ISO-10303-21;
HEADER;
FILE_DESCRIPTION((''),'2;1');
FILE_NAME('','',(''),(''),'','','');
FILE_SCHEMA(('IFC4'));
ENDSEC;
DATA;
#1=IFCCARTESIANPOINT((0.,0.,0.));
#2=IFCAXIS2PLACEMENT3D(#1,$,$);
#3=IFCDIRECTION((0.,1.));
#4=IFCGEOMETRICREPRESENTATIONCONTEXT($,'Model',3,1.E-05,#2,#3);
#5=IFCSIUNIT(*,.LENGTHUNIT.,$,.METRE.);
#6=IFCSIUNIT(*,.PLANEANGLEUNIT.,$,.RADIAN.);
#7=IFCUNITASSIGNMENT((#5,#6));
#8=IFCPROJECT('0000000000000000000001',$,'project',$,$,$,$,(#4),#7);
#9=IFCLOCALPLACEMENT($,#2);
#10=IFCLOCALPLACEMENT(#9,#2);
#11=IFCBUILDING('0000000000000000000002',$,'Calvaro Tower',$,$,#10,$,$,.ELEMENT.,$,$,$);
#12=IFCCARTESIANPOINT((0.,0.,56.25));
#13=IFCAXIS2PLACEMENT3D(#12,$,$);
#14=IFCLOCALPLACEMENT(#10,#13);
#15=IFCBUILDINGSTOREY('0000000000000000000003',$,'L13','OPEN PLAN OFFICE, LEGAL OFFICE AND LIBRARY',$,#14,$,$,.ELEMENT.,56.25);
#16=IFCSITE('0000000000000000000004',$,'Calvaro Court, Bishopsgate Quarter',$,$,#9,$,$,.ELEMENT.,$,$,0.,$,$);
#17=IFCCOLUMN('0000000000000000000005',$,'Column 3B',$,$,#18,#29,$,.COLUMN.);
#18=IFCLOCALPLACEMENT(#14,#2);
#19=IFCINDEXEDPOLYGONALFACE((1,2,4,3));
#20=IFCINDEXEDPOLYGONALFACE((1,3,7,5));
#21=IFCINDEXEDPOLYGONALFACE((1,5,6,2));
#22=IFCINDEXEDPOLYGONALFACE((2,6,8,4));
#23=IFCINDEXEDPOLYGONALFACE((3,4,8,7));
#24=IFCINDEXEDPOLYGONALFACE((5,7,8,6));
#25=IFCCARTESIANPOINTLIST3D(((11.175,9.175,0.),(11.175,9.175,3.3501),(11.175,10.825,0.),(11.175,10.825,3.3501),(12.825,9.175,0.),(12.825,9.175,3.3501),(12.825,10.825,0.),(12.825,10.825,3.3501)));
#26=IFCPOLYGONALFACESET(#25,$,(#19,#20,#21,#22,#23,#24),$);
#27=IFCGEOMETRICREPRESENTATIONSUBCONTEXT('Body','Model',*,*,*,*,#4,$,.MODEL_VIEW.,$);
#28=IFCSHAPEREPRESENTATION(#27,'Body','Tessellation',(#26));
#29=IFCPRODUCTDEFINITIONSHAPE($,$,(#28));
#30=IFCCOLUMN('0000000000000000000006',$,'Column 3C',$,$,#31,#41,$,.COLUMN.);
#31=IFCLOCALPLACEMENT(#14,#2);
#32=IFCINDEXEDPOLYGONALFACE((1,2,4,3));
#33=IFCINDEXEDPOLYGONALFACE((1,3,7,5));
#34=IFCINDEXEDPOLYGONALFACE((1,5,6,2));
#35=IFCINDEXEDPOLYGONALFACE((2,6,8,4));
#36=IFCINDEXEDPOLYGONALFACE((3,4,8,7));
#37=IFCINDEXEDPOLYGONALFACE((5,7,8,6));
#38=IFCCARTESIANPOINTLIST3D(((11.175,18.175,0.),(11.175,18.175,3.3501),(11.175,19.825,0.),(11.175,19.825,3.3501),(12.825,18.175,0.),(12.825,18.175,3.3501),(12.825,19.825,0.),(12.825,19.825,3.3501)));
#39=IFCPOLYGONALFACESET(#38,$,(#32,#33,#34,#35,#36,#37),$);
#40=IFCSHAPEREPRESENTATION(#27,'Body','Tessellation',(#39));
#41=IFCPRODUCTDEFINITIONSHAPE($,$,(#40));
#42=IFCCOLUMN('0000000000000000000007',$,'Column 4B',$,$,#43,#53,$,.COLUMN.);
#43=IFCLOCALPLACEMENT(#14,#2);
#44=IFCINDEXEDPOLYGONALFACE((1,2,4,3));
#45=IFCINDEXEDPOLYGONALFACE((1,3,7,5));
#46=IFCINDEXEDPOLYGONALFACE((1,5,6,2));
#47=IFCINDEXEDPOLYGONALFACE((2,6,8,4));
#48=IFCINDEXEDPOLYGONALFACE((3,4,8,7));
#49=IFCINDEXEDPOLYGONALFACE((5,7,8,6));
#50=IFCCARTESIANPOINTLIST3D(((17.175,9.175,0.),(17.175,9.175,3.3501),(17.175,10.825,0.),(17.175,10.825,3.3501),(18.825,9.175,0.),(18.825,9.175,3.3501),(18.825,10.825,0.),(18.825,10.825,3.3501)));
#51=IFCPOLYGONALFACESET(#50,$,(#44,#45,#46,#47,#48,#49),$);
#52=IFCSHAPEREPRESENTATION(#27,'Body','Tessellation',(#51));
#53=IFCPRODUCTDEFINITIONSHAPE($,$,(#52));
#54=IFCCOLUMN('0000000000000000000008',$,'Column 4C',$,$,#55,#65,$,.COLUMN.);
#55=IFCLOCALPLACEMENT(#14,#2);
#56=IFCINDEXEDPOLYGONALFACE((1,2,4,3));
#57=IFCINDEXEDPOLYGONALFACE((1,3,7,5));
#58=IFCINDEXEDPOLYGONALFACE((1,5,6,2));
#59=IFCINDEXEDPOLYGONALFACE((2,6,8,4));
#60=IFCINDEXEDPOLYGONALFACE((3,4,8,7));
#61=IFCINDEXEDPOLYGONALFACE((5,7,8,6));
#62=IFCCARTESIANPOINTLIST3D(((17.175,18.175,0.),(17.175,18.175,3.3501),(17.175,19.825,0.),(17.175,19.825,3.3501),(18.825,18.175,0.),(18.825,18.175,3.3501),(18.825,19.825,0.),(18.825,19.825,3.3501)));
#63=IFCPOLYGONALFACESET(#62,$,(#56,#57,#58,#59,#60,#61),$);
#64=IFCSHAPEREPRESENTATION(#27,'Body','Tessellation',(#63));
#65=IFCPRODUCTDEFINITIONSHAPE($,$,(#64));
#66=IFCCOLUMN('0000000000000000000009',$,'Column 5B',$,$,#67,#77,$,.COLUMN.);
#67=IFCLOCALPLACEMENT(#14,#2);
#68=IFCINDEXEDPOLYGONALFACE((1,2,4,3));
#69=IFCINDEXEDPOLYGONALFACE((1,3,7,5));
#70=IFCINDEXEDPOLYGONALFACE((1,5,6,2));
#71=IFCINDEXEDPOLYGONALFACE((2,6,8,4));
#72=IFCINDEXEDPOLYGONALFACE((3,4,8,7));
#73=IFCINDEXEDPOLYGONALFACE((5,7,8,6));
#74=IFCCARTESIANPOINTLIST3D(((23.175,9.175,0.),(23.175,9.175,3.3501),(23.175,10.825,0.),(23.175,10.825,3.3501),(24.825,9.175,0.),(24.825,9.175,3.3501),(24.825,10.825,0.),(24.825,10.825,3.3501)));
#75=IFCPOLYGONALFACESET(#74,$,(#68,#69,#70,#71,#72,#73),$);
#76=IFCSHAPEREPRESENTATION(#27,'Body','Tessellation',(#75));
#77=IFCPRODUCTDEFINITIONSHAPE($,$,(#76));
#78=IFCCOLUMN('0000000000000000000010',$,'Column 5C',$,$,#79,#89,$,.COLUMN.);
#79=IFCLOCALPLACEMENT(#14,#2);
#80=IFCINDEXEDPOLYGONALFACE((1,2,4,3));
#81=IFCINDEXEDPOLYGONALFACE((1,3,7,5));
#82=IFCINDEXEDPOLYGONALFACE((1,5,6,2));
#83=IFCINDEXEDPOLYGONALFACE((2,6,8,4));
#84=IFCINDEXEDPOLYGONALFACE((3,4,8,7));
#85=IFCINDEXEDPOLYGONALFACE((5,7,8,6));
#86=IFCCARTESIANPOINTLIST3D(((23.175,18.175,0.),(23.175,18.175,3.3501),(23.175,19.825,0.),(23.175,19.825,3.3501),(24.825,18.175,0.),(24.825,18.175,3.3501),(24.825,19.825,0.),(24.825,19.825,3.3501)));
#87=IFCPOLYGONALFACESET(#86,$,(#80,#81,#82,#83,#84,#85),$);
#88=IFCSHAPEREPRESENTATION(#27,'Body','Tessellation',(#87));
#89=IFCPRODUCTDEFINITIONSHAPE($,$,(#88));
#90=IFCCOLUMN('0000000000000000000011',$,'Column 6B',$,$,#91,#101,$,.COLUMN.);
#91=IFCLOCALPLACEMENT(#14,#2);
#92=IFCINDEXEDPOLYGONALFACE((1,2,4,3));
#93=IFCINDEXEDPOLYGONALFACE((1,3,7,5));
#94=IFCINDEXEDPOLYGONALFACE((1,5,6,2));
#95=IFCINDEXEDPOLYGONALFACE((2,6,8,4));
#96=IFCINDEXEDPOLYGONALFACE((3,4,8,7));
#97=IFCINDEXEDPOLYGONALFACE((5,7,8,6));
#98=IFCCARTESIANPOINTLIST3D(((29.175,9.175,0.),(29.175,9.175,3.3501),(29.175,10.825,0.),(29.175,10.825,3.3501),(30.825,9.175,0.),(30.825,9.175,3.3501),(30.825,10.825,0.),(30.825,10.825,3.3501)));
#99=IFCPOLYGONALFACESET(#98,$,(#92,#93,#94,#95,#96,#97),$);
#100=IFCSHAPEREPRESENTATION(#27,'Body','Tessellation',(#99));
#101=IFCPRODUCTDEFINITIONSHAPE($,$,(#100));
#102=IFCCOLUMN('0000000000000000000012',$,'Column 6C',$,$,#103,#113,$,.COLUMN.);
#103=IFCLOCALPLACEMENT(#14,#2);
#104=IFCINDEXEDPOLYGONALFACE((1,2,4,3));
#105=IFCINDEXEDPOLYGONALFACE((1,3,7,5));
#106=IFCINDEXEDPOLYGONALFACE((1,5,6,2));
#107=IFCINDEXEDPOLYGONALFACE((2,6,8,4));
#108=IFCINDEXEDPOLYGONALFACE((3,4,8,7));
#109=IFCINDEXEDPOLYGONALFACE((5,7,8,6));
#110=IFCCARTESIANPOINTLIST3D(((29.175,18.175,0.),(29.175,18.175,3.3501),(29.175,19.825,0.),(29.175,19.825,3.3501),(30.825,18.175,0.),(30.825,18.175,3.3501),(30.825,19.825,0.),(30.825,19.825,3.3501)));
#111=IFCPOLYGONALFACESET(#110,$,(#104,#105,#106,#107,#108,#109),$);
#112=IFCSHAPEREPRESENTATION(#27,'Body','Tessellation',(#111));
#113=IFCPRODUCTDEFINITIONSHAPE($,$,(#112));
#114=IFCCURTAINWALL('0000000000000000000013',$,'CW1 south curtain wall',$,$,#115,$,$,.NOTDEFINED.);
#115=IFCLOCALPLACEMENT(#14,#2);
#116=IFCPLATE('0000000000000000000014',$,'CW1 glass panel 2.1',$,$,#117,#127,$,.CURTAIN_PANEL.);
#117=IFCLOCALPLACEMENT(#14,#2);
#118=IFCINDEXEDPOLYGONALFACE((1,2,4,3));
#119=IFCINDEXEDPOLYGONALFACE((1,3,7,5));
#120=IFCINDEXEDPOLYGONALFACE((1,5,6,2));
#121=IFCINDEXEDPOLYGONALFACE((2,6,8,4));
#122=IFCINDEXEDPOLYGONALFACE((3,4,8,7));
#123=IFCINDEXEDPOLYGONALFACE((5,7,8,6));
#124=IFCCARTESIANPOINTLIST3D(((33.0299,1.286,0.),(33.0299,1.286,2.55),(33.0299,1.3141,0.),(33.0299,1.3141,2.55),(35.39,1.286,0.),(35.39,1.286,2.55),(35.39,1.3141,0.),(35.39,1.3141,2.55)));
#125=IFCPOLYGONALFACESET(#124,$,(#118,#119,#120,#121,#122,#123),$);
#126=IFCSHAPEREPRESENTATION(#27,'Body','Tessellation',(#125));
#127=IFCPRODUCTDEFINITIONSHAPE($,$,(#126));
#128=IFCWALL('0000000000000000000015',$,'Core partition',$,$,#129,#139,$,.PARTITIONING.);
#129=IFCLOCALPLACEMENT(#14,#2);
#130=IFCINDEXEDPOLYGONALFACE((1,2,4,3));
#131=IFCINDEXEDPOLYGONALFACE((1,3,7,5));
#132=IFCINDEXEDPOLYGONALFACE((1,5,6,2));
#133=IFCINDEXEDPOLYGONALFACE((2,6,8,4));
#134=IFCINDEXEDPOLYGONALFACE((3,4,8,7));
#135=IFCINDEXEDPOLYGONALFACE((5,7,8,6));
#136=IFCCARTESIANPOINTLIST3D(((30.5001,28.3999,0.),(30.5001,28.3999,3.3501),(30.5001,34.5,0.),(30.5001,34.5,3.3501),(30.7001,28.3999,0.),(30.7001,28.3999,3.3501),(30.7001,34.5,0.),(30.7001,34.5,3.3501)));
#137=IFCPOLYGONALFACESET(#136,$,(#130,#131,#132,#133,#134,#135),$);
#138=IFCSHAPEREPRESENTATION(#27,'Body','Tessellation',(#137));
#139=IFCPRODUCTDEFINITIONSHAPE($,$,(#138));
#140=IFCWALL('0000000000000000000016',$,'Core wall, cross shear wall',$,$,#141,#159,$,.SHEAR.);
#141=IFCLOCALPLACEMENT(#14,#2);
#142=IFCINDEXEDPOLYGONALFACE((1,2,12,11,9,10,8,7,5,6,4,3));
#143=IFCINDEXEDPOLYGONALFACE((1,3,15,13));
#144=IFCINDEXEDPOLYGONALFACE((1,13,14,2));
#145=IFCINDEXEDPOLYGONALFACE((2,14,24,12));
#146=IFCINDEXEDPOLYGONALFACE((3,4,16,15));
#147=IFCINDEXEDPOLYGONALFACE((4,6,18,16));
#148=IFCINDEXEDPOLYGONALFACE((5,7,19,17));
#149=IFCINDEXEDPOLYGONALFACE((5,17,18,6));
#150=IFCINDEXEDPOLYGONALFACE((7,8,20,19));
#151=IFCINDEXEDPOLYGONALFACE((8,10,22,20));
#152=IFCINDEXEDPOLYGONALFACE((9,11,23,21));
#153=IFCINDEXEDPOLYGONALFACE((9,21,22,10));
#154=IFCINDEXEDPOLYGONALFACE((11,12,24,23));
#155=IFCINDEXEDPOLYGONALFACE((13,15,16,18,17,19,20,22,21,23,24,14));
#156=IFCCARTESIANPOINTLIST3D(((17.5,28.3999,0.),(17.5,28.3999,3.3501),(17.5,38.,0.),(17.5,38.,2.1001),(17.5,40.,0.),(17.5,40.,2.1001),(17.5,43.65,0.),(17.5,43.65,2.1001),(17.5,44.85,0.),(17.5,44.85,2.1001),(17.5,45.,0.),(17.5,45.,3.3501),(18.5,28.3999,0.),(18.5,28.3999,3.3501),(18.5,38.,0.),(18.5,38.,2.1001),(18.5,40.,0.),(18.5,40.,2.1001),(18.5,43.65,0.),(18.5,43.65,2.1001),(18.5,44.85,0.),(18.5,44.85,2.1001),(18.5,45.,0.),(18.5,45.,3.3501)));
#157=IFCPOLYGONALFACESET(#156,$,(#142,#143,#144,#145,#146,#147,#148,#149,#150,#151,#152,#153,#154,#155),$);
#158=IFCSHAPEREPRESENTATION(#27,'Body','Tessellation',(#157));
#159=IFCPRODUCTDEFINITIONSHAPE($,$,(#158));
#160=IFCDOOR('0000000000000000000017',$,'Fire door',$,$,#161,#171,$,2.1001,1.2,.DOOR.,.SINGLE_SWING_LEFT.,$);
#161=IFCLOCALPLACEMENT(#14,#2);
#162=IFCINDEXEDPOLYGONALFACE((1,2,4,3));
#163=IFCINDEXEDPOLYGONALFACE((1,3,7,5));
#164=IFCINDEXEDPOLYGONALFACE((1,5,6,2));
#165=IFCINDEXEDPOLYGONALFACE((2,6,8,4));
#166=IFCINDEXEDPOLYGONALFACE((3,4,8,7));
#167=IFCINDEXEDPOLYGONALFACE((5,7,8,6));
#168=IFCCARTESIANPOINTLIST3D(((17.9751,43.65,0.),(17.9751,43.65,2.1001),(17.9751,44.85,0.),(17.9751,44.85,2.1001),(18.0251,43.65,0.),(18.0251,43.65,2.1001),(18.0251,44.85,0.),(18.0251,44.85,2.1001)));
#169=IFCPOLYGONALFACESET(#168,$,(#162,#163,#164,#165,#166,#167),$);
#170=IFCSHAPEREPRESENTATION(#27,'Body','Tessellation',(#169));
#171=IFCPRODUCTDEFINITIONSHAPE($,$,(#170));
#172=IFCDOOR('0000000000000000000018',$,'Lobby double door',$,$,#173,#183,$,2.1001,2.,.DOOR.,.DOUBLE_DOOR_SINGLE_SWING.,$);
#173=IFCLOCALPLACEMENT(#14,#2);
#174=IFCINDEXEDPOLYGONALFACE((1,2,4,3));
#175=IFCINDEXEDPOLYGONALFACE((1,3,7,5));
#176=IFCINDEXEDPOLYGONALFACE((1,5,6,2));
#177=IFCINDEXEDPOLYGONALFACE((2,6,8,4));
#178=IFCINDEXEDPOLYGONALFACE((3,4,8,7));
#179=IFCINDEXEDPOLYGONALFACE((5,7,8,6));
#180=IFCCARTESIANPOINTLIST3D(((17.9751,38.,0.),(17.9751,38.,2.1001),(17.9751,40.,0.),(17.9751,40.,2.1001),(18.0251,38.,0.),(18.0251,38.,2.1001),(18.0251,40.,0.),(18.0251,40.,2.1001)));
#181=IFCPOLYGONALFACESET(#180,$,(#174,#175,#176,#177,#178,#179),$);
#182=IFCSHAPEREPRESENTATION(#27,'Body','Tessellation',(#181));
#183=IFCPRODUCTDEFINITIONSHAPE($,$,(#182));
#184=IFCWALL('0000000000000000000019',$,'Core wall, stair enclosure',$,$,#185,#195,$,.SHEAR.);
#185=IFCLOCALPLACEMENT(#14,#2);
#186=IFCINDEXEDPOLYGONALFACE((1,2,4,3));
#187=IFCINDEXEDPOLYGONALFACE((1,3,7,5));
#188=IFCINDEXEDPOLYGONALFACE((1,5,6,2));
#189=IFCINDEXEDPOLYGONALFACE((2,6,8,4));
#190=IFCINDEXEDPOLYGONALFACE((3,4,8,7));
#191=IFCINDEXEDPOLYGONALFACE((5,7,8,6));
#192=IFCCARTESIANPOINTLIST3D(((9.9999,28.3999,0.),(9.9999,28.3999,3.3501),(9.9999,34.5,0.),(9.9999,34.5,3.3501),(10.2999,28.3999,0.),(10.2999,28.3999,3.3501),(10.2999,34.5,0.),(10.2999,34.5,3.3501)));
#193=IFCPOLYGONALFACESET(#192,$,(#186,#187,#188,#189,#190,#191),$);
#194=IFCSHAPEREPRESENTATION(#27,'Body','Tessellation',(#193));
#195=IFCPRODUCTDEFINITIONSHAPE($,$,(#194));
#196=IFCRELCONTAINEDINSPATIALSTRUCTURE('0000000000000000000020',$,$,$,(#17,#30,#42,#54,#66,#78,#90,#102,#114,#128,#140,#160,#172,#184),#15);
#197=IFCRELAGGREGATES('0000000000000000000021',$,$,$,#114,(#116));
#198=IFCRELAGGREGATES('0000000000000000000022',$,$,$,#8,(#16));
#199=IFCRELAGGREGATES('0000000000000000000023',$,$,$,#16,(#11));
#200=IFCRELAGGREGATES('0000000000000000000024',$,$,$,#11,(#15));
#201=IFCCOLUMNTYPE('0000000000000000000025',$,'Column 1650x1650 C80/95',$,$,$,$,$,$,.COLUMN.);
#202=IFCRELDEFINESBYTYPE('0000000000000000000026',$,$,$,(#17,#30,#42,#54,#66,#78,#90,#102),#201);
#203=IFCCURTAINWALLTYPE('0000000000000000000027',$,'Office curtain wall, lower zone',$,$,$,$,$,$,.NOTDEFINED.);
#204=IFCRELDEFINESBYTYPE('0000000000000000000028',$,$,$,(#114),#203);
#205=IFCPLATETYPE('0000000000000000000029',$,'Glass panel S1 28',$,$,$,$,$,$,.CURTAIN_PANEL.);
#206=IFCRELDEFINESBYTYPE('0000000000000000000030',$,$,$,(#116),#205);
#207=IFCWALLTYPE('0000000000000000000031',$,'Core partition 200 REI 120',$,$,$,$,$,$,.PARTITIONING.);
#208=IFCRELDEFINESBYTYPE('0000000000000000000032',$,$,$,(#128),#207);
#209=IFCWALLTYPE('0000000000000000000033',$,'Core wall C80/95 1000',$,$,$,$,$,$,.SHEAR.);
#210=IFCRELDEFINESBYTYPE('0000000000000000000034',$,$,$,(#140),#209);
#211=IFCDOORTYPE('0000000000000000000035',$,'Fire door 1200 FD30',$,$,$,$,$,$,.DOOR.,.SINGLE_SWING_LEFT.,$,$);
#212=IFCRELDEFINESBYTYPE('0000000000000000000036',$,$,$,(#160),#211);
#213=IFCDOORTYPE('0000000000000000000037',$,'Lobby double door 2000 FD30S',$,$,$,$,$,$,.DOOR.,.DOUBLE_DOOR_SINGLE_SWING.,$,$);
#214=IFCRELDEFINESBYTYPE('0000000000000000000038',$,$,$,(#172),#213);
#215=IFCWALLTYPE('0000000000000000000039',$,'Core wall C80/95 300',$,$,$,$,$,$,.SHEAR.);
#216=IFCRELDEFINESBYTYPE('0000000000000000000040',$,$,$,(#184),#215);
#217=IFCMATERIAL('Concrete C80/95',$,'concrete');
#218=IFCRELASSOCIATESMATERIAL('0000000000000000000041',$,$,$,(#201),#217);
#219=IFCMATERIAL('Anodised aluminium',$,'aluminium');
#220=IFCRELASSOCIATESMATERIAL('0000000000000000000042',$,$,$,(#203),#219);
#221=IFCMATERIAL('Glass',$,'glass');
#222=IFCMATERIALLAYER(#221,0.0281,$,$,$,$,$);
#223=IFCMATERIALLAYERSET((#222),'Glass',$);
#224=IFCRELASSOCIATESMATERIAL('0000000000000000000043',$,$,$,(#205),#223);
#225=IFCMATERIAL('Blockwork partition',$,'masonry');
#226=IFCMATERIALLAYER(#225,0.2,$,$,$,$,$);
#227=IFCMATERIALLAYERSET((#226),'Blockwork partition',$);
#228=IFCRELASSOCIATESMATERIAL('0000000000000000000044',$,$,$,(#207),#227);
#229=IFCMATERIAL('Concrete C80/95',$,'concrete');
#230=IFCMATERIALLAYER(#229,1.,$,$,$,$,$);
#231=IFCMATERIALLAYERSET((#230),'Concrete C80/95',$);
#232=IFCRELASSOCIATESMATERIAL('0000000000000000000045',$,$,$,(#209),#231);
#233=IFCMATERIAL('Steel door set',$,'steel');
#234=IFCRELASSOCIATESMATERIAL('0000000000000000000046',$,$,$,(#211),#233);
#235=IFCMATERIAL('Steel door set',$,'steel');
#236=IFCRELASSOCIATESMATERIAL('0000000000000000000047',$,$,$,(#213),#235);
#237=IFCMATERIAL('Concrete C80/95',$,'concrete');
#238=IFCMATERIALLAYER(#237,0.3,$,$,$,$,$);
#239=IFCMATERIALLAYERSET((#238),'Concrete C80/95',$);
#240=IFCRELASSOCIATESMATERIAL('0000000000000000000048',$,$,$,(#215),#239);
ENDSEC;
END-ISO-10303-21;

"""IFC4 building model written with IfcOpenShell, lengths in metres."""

from ifc_helpers import new_model, si_unit, direction, frame, frame_2d, origin, origin_2d, place, context, subcontext, project, spatial, rectangle, extrude, material, layer, layer_set, material_profile, profile_set, type_object, element, fill, aggregate, save


model = new_model("IFC4")

# Units and contexts
model_context = context("Model", 3, precision=1e-05, world=origin(), true_north=direction((0.0, 1.0)))
body_context = subcontext(model_context, "Body", "Model", "MODEL_VIEW")
ifc_project = project(units=[si_unit("LENGTHUNIT", "METRE"), si_unit("PLANEANGLEUNIT", "RADIAN")], contexts=[model_context])

# Site, building, storey
site_placement = place(None, origin())
site = spatial("IfcSite", under=ifc_project, at=site_placement, Name="Calvaro Court, Bishopsgate Quarter", CompositionType="ELEMENT", RefElevation=0.0)
building_placement = place(site_placement, origin())
building = spatial("IfcBuilding", under=site, at=building_placement, Name="Calvaro Tower", CompositionType="ELEMENT")
storey_placement = place(building_placement, frame((0.0, 0.0, 56.25)))
storey = spatial("IfcBuildingStorey", under=building, at=storey_placement, Name="L13", Description="OPEN PLAN OFFICE, LEGAL OFFICE AND LIBRARY", CompositionType="ELEMENT", Elevation=56.25)

# Columns
ifc_material_1 = material(Name="Concrete C80/95", Category="concrete")
ifc_material_profile = material_profile(ifc_material_1, rectangle(XDim=1.6499, YDim=1.6499, at=origin_2d()), Name="RC 1650x1650")
ifc_profile_set = profile_set([ifc_material_profile], Name="Concrete C80/95")
column_type = type_object("IfcColumnType", Name="Column 1650x1650 C80/95", PredefinedType="COLUMN", material=ifc_profile_set)
for number, where, z_axis, x_axis, name in (
    (1, (12.0, 10.0, 0.0), (0.0, 0.0, 1.0), (1.0, 0.0, 0.0), "Column 3B"),
    (2, (12.0, 19.0, 0.0), (0.0, 0.0, 1.0), (1.0, 0.0, 0.0), "Column 3C"),
    (3, (18.0, 10.0, 0.0), (0.0, 0.0, 1.0), (1.0, 0.0, 0.0), "Column 4B"),
    (4, (18.0, 19.0, 0.0), (0.0, 0.0, 1.0), (1.0, 0.0, 0.0), "Column 4C"),
    (5, (24.0, 10.0, 0.0), (0.0, 0.0, 1.0), (1.0, 0.0, 0.0), "Column 5B"),
    (6, (24.0, 19.0, 0.0), (0.0, 0.0, 1.0), (1.0, 0.0, 0.0), "Column 5C"),
    (7, (30.0, 10.0, 0.0), (0.0, 0.0, 1.0), (1.0, 0.0, 0.0), "Column 6B"),
    (8, (30.0, 19.0, 0.0), (0.0, 0.0, 1.0), (1.0, 0.0, 0.0), "Column 6C"),
):
    element("IfcColumn", number, at=place(storey_placement, frame(where, z_axis=z_axis, x_axis=x_axis)), inside=storey, type_object=column_type, Name=name, PredefinedType="COLUMN", context=body_context, shape_type="SweptSolid", body=[
        extrude(rectangle(XDim=1.6499, YDim=1.6499, at=origin_2d()), origin(), (0.0, 0.0, 1.0), 3.3501),
    ])

# Curtain wall, plate
ifc_material_2 = material(Name="Anodised aluminium", Category="aluminium")
curtain_wall_type = type_object("IfcCurtainWallType", Name="Office curtain wall, lower zone", PredefinedType="NOTDEFINED", material=ifc_material_2)
curtain_wall_placement = place(storey_placement, origin())
curtain_wall = element("IfcCurtainWall", 9, at=curtain_wall_placement, inside=storey, type_object=curtain_wall_type, Name="CW1 south curtain wall", PredefinedType="NOTDEFINED")
ifc_material_3 = material(Name="Glass", Category="glass")
ifc_layer_1 = layer(ifc_material_3, 0.0281)
ifc_layer_set_1 = layer_set([ifc_layer_1], Name="Glass")
plate_type = type_object("IfcPlateType", Name="Glass panel S1 28", PredefinedType="CURTAIN_PANEL", material=ifc_layer_set_1)
plate_placement = place(storey_placement, frame((34.21, 1.3, 0.0), z_axis=(0.0, 0.0, 1.0), x_axis=(1.0, 0.0, 0.0)))
plate = element("IfcPlate", 10, at=plate_placement, type_object=plate_type, Name="CW1 glass panel 2.1", PredefinedType="CURTAIN_PANEL", context=body_context, shape_type="SweptSolid", body=[
    extrude(rectangle(XDim=2.3601, YDim=0.0281, at=origin_2d()), origin(), (0.0, 0.0, 1.0), 2.55),
])
aggregate(curtain_wall, [plate])

# Wall
ifc_material_4 = material(Name="Blockwork partition", Category="masonry")
ifc_layer_2 = layer(ifc_material_4, 0.2)
ifc_layer_set_2 = layer_set([ifc_layer_2], Name="Blockwork partition")
wall_type_1 = type_object("IfcWallType", Name="Core partition 200 REI 120", PredefinedType="PARTITIONING", material=ifc_layer_set_2)
wall_1_placement = place(storey_placement, frame((30.6001, 28.3999, 0.0), z_axis=(0.0, 0.0, 1.0), x_axis=(0.0, 1.0, 0.0)))
element("IfcWall", 11, at=wall_1_placement, inside=storey, type_object=wall_type_1, Name="Core partition", PredefinedType="PARTITIONING", context=body_context, shape_type="SweptSolid", body=[
    extrude(rectangle(XDim=6.1001, YDim=0.2, at=frame_2d((3.05, 0.0))), origin(), (0.0, 0.0, 1.0), 3.3501),
])

# Wall, openings, doors
ifc_material_5 = material(Name="Concrete C80/95", Category="concrete")
ifc_layer_3 = layer(ifc_material_5, 1.0)
ifc_layer_set_3 = layer_set([ifc_layer_3], Name="Concrete C80/95")
wall_type_2 = type_object("IfcWallType", Name="Core wall C80/95 1000", PredefinedType="SHEAR", material=ifc_layer_set_3)
wall_2_placement = place(storey_placement, frame((18.0, 28.3999, 0.0), z_axis=(0.0, 0.0, 1.0), x_axis=(0.0, 1.0, 0.0)))
wall_2 = element("IfcWall", 12, at=wall_2_placement, inside=storey, type_object=wall_type_2, Name="Core wall, cross shear wall", PredefinedType="SHEAR", context=body_context, shape_type="SweptSolid", body=[
    extrude(rectangle(XDim=16.6001, YDim=1.0, at=frame_2d((8.3, 0.0))), origin(), (0.0, 0.0, 1.0), 3.3501),
])
opening_1_placement = place(wall_2_placement, frame((9.6001, 0.0, 0.0)))
opening_1 = element("IfcOpeningElement", 13, at=opening_1_placement, cuts=wall_2, PredefinedType="OPENING", context=body_context, shape_type="SweptSolid", body=[
    extrude(rectangle(XDim=2.0, YDim=2.1001, at=frame_2d((1.0, 1.05))), frame((0.0, 0.51, 0.0), z_axis=(0.0, -1.0, 0.0), x_axis=(1.0, 0.0, 0.0)), (0.0, 0.0, 1.0), 1.02),
])
opening_2_placement = place(wall_2_placement, frame((15.25, 0.0, 0.0)))
opening_2 = element("IfcOpeningElement", 14, at=opening_2_placement, cuts=wall_2, PredefinedType="OPENING", context=body_context, shape_type="SweptSolid", body=[
    extrude(rectangle(XDim=1.2, YDim=2.1001, at=frame_2d((0.6001, 1.05))), frame((0.0, 0.51, 0.0), z_axis=(0.0, -1.0, 0.0), x_axis=(1.0, 0.0, 0.0)), (0.0, 0.0, 1.0), 1.02),
])
ifc_material_6 = material(Name="Steel door set", Category="steel")
door_type_1 = type_object("IfcDoorType", Name="Fire door 1200 FD30", OperationType="SINGLE_SWING_LEFT", PredefinedType="DOOR", material=ifc_material_6)
door_1_placement = place(opening_2_placement, origin())
door_1 = element("IfcDoor", 15, at=door_1_placement, inside=storey, type_object=door_type_1, Name="Fire door", OperationType="SINGLE_SWING_LEFT", OverallHeight=2.1001, OverallWidth=1.2, PredefinedType="DOOR", context=body_context, shape_type="SweptSolid", body=[
    extrude(rectangle(XDim=1.2, YDim=2.1001, at=frame_2d((0.6001, 1.05))), frame((0.0, 0.0249, 0.0), z_axis=(0.0, -1.0, 0.0), x_axis=(1.0, 0.0, 0.0)), (0.0, 0.0, 1.0), 0.05),
])
fill(opening_2, door_1)
ifc_material_7 = material(Name="Steel door set", Category="steel")
door_type_2 = type_object("IfcDoorType", Name="Lobby double door 2000 FD30S", OperationType="DOUBLE_DOOR_SINGLE_SWING", PredefinedType="DOOR", material=ifc_material_7)
door_2_placement = place(opening_1_placement, origin())
door_2 = element("IfcDoor", 16, at=door_2_placement, inside=storey, type_object=door_type_2, Name="Lobby double door", OperationType="DOUBLE_DOOR_SINGLE_SWING", OverallHeight=2.1001, OverallWidth=2.0, PredefinedType="DOOR", context=body_context, shape_type="SweptSolid", body=[
    extrude(rectangle(XDim=2.0, YDim=2.1001, at=frame_2d((1.0, 1.05))), frame((0.0, 0.0249, 0.0), z_axis=(0.0, -1.0, 0.0), x_axis=(1.0, 0.0, 0.0)), (0.0, 0.0, 1.0), 0.05),
])
fill(opening_1, door_2)

# Wall
ifc_material_8 = material(Name="Concrete C80/95", Category="concrete")
ifc_layer_4 = layer(ifc_material_8, 0.3)
ifc_layer_set_4 = layer_set([ifc_layer_4], Name="Concrete C80/95")
wall_type_3 = type_object("IfcWallType", Name="Core wall C80/95 300", PredefinedType="SHEAR", material=ifc_layer_set_4)
for number, where, z_axis, x_axis, name in (
    (17, (10.1499, 28.3999, 0.0), (0.0, 0.0, 1.0), (0.0, 1.0, 0.0), "Core wall, stair enclosure"),
):
    element("IfcWall", number, at=place(storey_placement, frame(where, z_axis=z_axis, x_axis=x_axis)), inside=storey, type_object=wall_type_3, Name=name, PredefinedType="SHEAR", context=body_context, shape_type="SweptSolid", body=[
        extrude(rectangle(XDim=6.1001, YDim=0.3, at=frame_2d((3.05, 0.0))), origin(), (0.0, 0.0, 1.0), 3.3501),
    ])

save(model, "model.ifc")
